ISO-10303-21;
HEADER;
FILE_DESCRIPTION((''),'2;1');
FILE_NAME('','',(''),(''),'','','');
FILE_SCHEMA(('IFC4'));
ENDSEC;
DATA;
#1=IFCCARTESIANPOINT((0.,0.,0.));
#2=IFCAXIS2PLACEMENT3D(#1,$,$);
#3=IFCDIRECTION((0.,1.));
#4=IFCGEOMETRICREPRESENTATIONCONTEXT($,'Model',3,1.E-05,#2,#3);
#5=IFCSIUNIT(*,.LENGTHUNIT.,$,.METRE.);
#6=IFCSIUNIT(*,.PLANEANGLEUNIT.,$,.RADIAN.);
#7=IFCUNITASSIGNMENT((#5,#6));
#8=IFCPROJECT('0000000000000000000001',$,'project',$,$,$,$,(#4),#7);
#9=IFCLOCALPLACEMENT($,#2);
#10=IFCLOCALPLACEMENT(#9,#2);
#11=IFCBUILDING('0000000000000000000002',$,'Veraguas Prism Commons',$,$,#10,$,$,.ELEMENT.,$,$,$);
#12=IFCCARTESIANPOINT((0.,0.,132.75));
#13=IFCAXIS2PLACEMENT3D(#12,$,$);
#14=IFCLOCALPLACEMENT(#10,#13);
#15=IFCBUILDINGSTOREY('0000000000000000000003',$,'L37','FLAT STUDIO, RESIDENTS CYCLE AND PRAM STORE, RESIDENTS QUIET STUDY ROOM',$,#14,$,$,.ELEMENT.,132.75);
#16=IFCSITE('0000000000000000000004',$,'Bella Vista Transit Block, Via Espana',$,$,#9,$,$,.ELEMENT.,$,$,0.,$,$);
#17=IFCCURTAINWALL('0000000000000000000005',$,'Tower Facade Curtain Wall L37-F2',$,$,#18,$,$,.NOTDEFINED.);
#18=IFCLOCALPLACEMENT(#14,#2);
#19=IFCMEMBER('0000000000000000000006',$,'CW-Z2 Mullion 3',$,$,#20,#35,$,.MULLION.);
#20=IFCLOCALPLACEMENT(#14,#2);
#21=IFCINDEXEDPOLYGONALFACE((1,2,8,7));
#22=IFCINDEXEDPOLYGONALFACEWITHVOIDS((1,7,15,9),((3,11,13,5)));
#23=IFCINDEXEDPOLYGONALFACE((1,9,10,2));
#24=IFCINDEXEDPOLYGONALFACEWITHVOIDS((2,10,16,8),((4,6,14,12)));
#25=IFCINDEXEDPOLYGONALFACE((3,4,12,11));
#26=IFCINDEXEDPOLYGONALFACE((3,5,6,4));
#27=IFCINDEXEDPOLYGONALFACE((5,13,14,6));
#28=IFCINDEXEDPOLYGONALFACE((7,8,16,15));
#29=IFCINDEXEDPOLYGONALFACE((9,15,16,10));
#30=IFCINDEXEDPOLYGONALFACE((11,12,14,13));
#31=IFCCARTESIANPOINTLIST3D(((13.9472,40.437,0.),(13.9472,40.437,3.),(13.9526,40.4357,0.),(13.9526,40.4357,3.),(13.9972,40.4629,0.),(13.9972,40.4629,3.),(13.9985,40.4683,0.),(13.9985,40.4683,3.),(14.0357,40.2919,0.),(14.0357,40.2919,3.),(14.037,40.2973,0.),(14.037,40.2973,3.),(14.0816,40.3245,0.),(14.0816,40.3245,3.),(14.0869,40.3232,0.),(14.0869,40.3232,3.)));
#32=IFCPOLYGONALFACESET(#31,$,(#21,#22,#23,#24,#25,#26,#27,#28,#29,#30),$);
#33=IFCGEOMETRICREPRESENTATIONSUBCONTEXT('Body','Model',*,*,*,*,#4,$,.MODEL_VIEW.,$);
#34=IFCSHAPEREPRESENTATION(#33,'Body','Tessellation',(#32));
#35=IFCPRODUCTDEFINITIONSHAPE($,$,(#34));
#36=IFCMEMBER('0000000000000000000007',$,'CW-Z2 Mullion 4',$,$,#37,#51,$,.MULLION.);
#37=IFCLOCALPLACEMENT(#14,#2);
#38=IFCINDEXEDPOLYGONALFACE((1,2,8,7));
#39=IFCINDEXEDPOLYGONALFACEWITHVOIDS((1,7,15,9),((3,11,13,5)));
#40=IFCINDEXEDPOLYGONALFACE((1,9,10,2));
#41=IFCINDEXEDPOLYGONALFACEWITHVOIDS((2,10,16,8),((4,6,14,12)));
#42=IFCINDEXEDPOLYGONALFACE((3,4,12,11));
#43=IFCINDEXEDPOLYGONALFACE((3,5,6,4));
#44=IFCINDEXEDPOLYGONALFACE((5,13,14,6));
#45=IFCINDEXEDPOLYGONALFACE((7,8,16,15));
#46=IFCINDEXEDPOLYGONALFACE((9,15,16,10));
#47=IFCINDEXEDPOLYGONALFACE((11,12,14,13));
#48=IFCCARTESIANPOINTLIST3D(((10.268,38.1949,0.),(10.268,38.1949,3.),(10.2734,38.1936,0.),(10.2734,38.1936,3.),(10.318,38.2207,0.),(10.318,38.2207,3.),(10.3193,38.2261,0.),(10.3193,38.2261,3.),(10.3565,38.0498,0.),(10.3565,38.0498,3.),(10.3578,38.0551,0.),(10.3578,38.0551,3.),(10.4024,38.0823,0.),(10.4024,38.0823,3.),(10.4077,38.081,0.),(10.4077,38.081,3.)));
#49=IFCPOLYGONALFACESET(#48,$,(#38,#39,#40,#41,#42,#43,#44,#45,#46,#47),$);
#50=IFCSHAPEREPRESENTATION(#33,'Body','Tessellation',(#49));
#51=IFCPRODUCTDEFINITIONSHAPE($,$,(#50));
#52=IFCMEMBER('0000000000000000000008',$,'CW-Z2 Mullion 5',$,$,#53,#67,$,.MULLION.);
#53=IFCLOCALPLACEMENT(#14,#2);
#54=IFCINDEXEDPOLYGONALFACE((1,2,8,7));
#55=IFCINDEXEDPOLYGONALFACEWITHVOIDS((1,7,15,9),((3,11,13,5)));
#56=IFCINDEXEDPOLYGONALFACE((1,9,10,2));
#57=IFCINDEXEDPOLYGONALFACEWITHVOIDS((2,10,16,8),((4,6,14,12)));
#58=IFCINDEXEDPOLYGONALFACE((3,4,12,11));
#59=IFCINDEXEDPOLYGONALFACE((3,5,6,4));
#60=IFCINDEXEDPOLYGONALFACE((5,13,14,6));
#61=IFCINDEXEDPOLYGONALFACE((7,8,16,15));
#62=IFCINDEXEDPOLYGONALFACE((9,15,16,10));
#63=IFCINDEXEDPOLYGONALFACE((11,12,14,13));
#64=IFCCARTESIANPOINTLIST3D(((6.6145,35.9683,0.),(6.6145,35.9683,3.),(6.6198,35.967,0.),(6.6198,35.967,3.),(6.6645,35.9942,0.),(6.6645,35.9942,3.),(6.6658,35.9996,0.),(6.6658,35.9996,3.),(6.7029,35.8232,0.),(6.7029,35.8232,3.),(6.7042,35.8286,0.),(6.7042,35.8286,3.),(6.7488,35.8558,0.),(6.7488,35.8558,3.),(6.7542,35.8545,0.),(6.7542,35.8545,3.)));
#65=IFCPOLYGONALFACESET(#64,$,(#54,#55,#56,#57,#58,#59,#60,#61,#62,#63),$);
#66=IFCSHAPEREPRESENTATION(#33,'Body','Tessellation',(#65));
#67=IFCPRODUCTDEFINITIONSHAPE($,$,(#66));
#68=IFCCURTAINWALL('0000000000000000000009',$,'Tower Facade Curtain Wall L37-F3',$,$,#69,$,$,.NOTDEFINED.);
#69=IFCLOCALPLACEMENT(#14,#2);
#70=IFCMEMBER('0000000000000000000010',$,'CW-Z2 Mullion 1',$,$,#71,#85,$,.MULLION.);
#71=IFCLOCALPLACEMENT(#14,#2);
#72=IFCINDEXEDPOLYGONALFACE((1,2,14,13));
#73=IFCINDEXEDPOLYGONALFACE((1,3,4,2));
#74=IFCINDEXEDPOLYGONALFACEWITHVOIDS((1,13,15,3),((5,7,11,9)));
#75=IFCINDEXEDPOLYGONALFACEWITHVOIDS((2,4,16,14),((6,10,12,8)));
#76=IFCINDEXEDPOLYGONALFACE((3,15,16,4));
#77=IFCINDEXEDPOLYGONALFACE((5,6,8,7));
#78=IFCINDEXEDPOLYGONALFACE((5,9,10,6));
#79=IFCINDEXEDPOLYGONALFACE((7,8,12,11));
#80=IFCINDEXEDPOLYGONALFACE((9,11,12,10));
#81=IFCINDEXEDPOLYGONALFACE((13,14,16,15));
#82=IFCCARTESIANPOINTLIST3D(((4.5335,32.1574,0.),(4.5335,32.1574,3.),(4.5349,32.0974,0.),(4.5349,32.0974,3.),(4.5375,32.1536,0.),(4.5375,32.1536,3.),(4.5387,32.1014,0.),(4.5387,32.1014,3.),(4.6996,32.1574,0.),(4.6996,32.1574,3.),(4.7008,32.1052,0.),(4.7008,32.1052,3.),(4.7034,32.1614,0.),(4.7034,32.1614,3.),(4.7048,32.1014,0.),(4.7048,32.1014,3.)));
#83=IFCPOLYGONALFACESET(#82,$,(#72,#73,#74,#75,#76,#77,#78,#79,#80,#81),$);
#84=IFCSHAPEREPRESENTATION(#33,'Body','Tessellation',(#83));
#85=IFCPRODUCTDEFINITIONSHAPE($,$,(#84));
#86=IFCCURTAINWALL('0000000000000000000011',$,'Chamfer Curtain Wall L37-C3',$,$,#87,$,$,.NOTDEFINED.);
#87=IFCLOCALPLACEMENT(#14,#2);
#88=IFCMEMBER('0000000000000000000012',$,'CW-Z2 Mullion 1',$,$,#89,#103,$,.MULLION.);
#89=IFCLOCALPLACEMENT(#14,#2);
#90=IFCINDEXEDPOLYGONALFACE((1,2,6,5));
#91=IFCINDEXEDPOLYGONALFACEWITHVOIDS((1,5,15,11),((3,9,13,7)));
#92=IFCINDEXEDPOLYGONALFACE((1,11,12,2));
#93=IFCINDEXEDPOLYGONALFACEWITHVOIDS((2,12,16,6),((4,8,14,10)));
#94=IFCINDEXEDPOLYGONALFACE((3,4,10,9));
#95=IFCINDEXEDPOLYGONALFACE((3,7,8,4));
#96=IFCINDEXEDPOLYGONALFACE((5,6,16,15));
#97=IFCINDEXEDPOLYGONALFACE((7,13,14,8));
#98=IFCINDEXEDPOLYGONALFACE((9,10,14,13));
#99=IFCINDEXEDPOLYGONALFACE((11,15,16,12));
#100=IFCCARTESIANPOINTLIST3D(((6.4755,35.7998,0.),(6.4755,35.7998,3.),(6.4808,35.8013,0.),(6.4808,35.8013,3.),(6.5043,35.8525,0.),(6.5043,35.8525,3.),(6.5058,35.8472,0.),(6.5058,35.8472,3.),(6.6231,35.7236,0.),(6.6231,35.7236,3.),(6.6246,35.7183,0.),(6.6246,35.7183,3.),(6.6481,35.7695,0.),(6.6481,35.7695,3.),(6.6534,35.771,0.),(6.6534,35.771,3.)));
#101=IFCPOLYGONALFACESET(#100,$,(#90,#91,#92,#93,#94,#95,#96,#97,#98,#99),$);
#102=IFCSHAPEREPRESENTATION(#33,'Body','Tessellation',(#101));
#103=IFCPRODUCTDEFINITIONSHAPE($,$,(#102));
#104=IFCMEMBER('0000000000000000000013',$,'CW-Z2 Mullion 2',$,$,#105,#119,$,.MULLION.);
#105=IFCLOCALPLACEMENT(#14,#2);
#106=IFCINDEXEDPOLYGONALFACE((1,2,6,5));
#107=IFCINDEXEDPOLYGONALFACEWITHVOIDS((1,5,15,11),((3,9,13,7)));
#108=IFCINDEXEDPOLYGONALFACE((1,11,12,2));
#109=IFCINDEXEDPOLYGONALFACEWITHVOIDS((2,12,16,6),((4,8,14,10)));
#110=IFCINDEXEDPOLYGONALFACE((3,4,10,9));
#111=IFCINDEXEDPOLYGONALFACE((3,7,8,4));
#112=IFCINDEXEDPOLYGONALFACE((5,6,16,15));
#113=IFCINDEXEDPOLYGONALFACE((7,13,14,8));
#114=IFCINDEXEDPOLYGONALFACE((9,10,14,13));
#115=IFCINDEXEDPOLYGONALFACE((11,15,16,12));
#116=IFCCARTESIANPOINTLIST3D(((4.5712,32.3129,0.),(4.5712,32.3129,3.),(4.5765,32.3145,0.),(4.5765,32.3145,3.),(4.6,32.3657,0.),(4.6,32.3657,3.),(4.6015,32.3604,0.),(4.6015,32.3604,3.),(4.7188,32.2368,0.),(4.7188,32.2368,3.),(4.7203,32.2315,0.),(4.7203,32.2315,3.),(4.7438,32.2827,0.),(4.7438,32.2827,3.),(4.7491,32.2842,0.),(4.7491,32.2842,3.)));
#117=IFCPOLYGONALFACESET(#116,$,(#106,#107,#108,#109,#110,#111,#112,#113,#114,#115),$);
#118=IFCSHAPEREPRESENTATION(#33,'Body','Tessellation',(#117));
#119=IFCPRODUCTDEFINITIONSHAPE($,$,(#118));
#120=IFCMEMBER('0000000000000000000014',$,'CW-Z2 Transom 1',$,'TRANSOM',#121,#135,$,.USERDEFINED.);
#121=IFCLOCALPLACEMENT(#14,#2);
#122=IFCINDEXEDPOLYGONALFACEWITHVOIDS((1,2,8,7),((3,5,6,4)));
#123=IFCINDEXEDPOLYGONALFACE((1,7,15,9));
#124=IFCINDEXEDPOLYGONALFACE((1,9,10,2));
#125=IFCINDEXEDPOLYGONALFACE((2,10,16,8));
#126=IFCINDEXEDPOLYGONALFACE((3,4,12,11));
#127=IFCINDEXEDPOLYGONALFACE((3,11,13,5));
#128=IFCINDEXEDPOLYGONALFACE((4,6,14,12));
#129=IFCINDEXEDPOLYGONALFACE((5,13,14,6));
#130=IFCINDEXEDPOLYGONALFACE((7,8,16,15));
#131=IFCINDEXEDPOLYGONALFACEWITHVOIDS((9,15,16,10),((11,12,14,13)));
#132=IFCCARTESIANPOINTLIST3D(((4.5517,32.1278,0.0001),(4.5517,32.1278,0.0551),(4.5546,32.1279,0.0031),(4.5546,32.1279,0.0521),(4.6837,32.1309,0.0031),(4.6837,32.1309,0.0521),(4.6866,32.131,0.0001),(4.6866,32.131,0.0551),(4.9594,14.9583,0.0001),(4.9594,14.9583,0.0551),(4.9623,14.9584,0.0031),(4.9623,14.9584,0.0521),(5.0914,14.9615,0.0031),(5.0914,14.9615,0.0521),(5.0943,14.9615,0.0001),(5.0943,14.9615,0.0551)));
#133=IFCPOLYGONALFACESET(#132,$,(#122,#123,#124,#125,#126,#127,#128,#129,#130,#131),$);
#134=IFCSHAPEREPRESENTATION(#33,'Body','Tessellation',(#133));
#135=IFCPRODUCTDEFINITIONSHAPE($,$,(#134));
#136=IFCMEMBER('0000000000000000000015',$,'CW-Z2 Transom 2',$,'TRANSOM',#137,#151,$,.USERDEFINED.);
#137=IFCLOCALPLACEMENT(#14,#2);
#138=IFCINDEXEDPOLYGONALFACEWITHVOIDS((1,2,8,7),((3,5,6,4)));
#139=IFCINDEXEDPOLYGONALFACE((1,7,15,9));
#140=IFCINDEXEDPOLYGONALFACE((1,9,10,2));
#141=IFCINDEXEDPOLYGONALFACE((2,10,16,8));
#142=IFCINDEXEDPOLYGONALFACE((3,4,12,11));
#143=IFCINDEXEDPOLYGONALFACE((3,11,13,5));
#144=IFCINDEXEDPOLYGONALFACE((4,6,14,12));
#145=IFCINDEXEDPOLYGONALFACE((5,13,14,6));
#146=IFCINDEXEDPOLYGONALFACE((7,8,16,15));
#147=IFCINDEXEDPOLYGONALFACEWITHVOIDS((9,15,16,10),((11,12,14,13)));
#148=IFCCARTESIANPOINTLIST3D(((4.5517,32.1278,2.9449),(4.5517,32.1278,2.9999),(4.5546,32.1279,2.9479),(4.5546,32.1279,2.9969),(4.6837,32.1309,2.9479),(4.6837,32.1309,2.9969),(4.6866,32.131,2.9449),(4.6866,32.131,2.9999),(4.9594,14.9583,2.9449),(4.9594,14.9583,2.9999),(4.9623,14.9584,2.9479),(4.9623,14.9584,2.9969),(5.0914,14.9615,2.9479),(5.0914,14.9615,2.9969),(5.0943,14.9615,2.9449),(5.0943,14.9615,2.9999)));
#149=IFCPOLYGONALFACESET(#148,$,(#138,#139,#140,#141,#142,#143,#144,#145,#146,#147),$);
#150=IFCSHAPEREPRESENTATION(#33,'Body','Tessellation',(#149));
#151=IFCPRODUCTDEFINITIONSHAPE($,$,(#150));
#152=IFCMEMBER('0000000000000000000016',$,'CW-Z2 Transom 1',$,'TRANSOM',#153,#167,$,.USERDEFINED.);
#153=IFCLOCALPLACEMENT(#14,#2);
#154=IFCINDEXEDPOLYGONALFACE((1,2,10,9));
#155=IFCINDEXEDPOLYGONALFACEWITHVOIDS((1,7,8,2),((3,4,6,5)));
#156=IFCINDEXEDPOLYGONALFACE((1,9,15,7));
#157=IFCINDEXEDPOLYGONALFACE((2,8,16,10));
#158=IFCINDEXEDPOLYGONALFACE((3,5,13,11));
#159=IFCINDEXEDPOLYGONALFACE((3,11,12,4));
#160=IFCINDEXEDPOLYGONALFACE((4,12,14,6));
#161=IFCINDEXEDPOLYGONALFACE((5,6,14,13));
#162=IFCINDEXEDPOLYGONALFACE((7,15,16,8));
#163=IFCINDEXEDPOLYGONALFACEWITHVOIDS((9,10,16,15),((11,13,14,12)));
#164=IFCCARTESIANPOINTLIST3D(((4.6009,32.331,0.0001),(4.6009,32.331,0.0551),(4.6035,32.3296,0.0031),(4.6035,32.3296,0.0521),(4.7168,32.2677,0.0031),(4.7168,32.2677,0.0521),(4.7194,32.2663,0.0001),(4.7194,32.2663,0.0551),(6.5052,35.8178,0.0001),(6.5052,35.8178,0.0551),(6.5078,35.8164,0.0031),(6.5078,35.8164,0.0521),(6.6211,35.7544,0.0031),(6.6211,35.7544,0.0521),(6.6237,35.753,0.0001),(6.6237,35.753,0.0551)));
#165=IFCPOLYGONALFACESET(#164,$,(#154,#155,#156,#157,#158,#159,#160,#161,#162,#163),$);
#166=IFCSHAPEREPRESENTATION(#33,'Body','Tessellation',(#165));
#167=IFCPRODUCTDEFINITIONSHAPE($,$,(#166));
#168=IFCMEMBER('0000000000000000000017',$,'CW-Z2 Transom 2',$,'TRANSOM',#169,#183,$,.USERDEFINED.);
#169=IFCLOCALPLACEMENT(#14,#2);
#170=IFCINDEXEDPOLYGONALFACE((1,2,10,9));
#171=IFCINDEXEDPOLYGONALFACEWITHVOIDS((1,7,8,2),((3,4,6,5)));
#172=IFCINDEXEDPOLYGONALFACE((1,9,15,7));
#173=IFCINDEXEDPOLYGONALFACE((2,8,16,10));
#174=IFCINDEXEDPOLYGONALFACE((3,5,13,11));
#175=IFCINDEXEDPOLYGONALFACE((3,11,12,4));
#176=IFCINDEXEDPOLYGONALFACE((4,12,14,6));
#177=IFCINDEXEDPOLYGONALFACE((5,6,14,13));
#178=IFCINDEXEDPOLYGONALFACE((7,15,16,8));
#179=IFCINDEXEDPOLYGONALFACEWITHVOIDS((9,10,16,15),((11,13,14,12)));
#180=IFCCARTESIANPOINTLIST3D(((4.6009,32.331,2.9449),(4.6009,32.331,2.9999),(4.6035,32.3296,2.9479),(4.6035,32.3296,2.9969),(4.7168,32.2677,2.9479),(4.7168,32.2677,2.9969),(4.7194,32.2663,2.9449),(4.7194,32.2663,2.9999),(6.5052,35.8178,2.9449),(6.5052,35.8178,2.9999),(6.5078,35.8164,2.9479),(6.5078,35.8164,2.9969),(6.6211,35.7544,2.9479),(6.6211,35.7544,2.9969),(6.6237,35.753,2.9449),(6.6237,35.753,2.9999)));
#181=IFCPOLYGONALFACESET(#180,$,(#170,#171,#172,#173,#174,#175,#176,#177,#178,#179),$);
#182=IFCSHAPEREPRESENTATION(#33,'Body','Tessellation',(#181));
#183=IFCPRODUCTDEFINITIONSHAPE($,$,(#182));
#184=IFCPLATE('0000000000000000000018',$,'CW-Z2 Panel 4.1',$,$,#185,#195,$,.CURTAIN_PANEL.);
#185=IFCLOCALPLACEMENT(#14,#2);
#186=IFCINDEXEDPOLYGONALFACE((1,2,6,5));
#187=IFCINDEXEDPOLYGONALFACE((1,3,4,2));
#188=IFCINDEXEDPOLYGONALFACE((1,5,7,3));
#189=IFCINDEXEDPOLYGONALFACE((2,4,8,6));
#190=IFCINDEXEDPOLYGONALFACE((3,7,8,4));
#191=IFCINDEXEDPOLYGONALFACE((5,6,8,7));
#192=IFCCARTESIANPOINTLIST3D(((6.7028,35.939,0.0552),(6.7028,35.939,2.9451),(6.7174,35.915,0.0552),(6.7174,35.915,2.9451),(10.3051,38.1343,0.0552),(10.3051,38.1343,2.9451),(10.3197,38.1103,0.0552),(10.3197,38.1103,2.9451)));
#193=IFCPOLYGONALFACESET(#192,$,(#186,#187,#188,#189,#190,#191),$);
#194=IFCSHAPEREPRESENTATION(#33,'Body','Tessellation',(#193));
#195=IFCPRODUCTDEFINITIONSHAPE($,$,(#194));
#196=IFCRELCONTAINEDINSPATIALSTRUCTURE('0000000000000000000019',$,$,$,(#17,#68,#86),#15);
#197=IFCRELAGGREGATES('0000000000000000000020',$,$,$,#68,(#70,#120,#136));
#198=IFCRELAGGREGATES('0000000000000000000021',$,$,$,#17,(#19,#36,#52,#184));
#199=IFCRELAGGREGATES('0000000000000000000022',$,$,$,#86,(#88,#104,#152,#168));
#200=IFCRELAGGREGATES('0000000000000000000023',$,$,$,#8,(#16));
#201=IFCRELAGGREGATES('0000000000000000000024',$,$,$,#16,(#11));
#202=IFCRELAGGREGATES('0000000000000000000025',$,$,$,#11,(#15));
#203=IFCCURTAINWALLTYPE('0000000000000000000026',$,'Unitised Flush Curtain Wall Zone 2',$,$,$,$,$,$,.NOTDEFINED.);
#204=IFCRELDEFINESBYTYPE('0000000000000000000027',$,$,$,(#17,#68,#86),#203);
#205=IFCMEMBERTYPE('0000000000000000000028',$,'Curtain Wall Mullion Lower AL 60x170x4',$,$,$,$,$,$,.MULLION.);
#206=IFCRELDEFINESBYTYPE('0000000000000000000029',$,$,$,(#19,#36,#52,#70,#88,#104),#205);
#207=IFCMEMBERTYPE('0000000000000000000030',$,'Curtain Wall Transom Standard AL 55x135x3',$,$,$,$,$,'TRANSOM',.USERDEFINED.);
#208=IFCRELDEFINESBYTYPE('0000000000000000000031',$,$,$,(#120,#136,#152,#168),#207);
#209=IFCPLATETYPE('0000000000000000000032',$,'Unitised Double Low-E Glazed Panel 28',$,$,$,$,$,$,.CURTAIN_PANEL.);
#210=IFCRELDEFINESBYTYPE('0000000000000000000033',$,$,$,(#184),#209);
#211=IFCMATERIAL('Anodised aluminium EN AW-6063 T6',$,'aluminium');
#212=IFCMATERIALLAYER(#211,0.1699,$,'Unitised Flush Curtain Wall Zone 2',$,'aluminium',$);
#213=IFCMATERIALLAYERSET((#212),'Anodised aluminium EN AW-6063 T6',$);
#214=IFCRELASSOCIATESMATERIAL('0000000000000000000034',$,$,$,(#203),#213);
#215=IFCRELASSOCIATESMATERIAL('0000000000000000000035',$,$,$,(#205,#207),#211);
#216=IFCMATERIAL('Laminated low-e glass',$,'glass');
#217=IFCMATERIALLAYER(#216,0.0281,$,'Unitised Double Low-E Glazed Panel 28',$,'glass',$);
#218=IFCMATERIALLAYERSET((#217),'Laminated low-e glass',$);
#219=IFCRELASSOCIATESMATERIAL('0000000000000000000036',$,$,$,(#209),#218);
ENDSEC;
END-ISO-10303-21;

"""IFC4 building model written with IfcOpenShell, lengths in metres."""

from ifc_helpers import new_model, si_unit, direction, frame, origin, origin_2d, place, context, subcontext, project, spatial, rectangle, hollow_rectangle, extrude, source, transform, mapped, material, layer, layer_set, material_profile, profile_set, type_object, element, aggregate, save


model = new_model("IFC4")

# Units and contexts
model_context = context("Model", 3, precision=1e-05, world=origin(), true_north=direction((0.0, 1.0)))
body_context = subcontext(model_context, "Body", "Model", "MODEL_VIEW")
ifc_project = project(units=[si_unit("LENGTHUNIT", "METRE"), si_unit("PLANEANGLEUNIT", "RADIAN")], contexts=[model_context])

# Site, building, storey
site_placement = place(None, origin())
site = spatial("IfcSite", under=ifc_project, at=site_placement, Name="Bella Vista Transit Block, Via Espana", CompositionType="ELEMENT", RefElevation=0.0)
building_placement = place(site_placement, origin())
building = spatial("IfcBuilding", under=site, at=building_placement, Name="Veraguas Prism Commons", CompositionType="ELEMENT")
storey_placement = place(building_placement, frame((0.0, 0.0, 132.75)))
storey = spatial("IfcBuildingStorey", under=building, at=storey_placement, Name="L37", Description="FLAT STUDIO, RESIDENTS CYCLE AND PRAM STORE, RESIDENTS QUIET STUDY ROOM", CompositionType="ELEMENT", Elevation=132.75)

# Curtain wall, members
ifc_material_1 = material(Name="Anodised aluminium EN AW-6063 T6", Category="aluminium")
ifc_layer_1 = layer(ifc_material_1, 0.1699, Name="Unitised Flush Curtain Wall Zone 2", Category="aluminium")
ifc_layer_set_1 = layer_set([ifc_layer_1], Name="Anodised aluminium EN AW-6063 T6")
curtain_wall_type = type_object("IfcCurtainWallType", Name="Unitised Flush Curtain Wall Zone 2", PredefinedType="NOTDEFINED", material=ifc_layer_set_1)
curtain_wall_1_placement = place(storey_placement, origin())
curtain_wall_1 = element("IfcCurtainWall", 1, at=curtain_wall_1_placement, inside=storey, type_object=curtain_wall_type, Name="Tower Facade Curtain Wall L37-F2", PredefinedType="NOTDEFINED")
ifc_material_profile_1 = material_profile(ifc_material_1, hollow_rectangle(XDim=0.0601, YDim=0.1699, WallThickness=0.0039, at=origin_2d()), Name="AL60X170X4")
ifc_profile_set_1 = profile_set([ifc_material_profile_1], Name="Anodised aluminium EN AW-6063 T6")
member_type_1 = type_object("IfcMemberType", Name="Curtain Wall Mullion Lower AL 60x170x4", PredefinedType="MULLION", material=ifc_profile_set_1)
shared_shape_1 = source(origin(), body_context, "Body", "SweptSolid", [
    extrude(hollow_rectangle(XDim=0.0601, YDim=0.1699, WallThickness=0.0039, at=origin_2d()), origin(), (0.0, 0.0, 1.0), 3.0),
])
member_1_placement = place(storey_placement, frame((14.0171, 40.3801, 0.0), z_axis=(0.0, 0.0, 1.0), x_axis=(-0.853916, -0.520411, 0.0)))
member_1 = element("IfcMember", 2, at=member_1_placement, type_object=member_type_1, Name="CW-Z2 Mullion 3", PredefinedType="MULLION", context=body_context, shape_type="MappedRepresentation", body=[
    mapped(shared_shape_1, transform((0.0, 0.0, 0.0), scale=1.0)),
])
member_2_placement = place(storey_placement, frame((10.3379, 38.1379, 0.0), z_axis=(0.0, 0.0, 1.0), x_axis=(-0.853916, -0.520411, 0.0)))
member_2 = element("IfcMember", 3, at=member_2_placement, type_object=member_type_1, Name="CW-Z2 Mullion 4", PredefinedType="MULLION", context=body_context, shape_type="MappedRepresentation", body=[
    mapped(shared_shape_1, transform((0.0, 0.0, 0.0), scale=1.0)),
])
member_3_placement = place(storey_placement, frame((6.6843, 35.9114, 0.0), z_axis=(0.0, 0.0, 1.0), x_axis=(-0.853916, -0.520411, 0.0)))
member_3 = element("IfcMember", 4, at=member_3_placement, type_object=member_type_1, Name="CW-Z2 Mullion 5", PredefinedType="MULLION", context=body_context, shape_type="MappedRepresentation", body=[
    mapped(shared_shape_1, transform((0.0, 0.0, 0.0), scale=1.0)),
])

# Curtain wall, member
curtain_wall_2_placement = place(storey_placement, origin())
curtain_wall_2 = element("IfcCurtainWall", 5, at=curtain_wall_2_placement, inside=storey, type_object=curtain_wall_type, Name="Tower Facade Curtain Wall L37-F3", PredefinedType="NOTDEFINED")
member_4_placement = place(storey_placement, frame((4.6191, 32.1294, 0.0), z_axis=(0.0, 0.0, 1.0), x_axis=(0.023738, -0.999718, 0.0)))
member_4 = element("IfcMember", 6, at=member_4_placement, type_object=member_type_1, Name="CW-Z2 Mullion 1", PredefinedType="MULLION", context=body_context, shape_type="MappedRepresentation", body=[
    mapped(shared_shape_1, transform((0.0, 0.0, 0.0), scale=1.0)),
])

# Curtain wall, members
curtain_wall_3_placement = place(storey_placement, origin())
curtain_wall_3 = element("IfcCurtainWall", 7, at=curtain_wall_3_placement, inside=storey, type_object=curtain_wall_type, Name="Chamfer Curtain Wall L37-C3", PredefinedType="NOTDEFINED")
member_5_placement = place(storey_placement, frame((6.5645, 35.7854, 0.0), z_axis=(0.0, 0.0, 1.0), x_axis=(-0.479294, -0.877654, 0.0)))
member_5 = element("IfcMember", 8, at=member_5_placement, type_object=member_type_1, Name="CW-Z2 Mullion 1", PredefinedType="MULLION", context=body_context, shape_type="MappedRepresentation", body=[
    mapped(shared_shape_1, transform((0.0, 0.0, 0.0), scale=1.0)),
])
member_6_placement = place(storey_placement, frame((4.6602, 32.2986, 0.0), z_axis=(0.0, 0.0, 1.0), x_axis=(-0.479294, -0.877654, 0.0)))
member_6 = element("IfcMember", 9, at=member_6_placement, type_object=member_type_1, Name="CW-Z2 Mullion 2", PredefinedType="MULLION", context=body_context, shape_type="MappedRepresentation", body=[
    mapped(shared_shape_1, transform((0.0, 0.0, 0.0), scale=1.0)),
])

# Members
ifc_material_profile_2 = material_profile(ifc_material_1, hollow_rectangle(XDim=0.0549, YDim=0.135, WallThickness=0.0029, at=origin_2d()), Name="AL55X135X3")
ifc_profile_set_2 = profile_set([ifc_material_profile_2], Name="Anodised aluminium EN AW-6063 T6")
member_type_2 = type_object("IfcMemberType", Name="Curtain Wall Transom Standard AL 55x135x3", ElementType="TRANSOM", PredefinedType="USERDEFINED", material=ifc_profile_set_2)
shared_shape_2 = source(origin(), body_context, "Body", "SweptSolid", [
    extrude(hollow_rectangle(XDim=0.0549, YDim=0.135, WallThickness=0.0029, at=origin_2d()), origin(), (0.0, 0.0, 1.0), 17.1743),
])
member_7_placement = place(storey_placement, frame((4.6191, 32.1294, 0.0276), z_axis=(0.02374, -0.999718, 0.0), x_axis=(0.0, 0.0, 1.0)))
member_7 = element("IfcMember", 10, at=member_7_placement, type_object=member_type_2, Name="CW-Z2 Transom 1", ObjectType="TRANSOM", PredefinedType="USERDEFINED", context=body_context, shape_type="MappedRepresentation", body=[
    mapped(shared_shape_2, transform((0.0, 0.0, 0.0), scale=1.0)),
])
member_8_placement = place(storey_placement, frame((4.6191, 32.1294, 2.9724), z_axis=(0.02374, -0.999718, 0.0), x_axis=(0.0, 0.0, 1.0)))
member_8 = element("IfcMember", 11, at=member_8_placement, type_object=member_type_2, Name="CW-Z2 Transom 2", ObjectType="TRANSOM", PredefinedType="USERDEFINED", context=body_context, shape_type="MappedRepresentation", body=[
    mapped(shared_shape_2, transform((0.0, 0.0, 0.0), scale=1.0)),
])
aggregate(curtain_wall_2, [member_4, member_7, member_8])
shared_shape_3 = source(origin(), body_context, "Body", "SweptSolid", [
    extrude(hollow_rectangle(XDim=0.0549, YDim=0.135, WallThickness=0.0029, at=origin_2d()), origin(), (0.0, 0.0, 1.0), 3.9729),
])
member_9_placement = place(storey_placement, frame((6.5645, 35.7854, 0.0276), z_axis=(-0.479317, -0.877642, 0.0), x_axis=(0.0, 0.0, 1.0)))
member_9 = element("IfcMember", 12, at=member_9_placement, type_object=member_type_2, Name="CW-Z2 Transom 1", ObjectType="TRANSOM", PredefinedType="USERDEFINED", context=body_context, shape_type="MappedRepresentation", body=[
    mapped(shared_shape_3, transform((0.0, 0.0, 0.0), scale=1.0)),
])
member_10_placement = place(storey_placement, frame((6.5645, 35.7854, 2.9724), z_axis=(-0.479317, -0.877642, 0.0), x_axis=(0.0, 0.0, 1.0)))
member_10 = element("IfcMember", 13, at=member_10_placement, type_object=member_type_2, Name="CW-Z2 Transom 2", ObjectType="TRANSOM", PredefinedType="USERDEFINED", context=body_context, shape_type="MappedRepresentation", body=[
    mapped(shared_shape_3, transform((0.0, 0.0, 0.0), scale=1.0)),
])

# Plate
ifc_material_2 = material(Name="Laminated low-e glass", Category="glass")
ifc_layer_2 = layer(ifc_material_2, 0.0281, Name="Unitised Double Low-E Glazed Panel 28", Category="glass")
ifc_layer_set_2 = layer_set([ifc_layer_2], Name="Laminated low-e glass")
plate_type = type_object("IfcPlateType", Name="Unitised Double Low-E Glazed Panel 28", PredefinedType="CURTAIN_PANEL", material=ifc_layer_set_2)
shared_shape_4 = source(origin(), body_context, "Body", "SweptSolid", [
    extrude(rectangle(XDim=4.2185, YDim=0.0281, at=origin_2d()), origin(), (0.0, 0.0, 1.0), 2.8899),
])
plate_1_placement = place(storey_placement, frame((8.5112, 37.0247, 0.0552), z_axis=(0.0, 0.0, 1.0), x_axis=(-0.853916, -0.520411, 0.0)))
plate_1 = element("IfcPlate", 14, at=plate_1_placement, type_object=plate_type, Name="CW-Z2 Panel 4.1", PredefinedType="CURTAIN_PANEL", context=body_context, shape_type="MappedRepresentation", body=[
    mapped(shared_shape_4, transform((0.0, 0.0, 0.0), scale=1.0)),
])
aggregate(curtain_wall_1, [member_1, member_2, member_3, plate_1])
aggregate(curtain_wall_3, [member_5, member_6, member_9, member_10])

save(model, "model.ifc")
